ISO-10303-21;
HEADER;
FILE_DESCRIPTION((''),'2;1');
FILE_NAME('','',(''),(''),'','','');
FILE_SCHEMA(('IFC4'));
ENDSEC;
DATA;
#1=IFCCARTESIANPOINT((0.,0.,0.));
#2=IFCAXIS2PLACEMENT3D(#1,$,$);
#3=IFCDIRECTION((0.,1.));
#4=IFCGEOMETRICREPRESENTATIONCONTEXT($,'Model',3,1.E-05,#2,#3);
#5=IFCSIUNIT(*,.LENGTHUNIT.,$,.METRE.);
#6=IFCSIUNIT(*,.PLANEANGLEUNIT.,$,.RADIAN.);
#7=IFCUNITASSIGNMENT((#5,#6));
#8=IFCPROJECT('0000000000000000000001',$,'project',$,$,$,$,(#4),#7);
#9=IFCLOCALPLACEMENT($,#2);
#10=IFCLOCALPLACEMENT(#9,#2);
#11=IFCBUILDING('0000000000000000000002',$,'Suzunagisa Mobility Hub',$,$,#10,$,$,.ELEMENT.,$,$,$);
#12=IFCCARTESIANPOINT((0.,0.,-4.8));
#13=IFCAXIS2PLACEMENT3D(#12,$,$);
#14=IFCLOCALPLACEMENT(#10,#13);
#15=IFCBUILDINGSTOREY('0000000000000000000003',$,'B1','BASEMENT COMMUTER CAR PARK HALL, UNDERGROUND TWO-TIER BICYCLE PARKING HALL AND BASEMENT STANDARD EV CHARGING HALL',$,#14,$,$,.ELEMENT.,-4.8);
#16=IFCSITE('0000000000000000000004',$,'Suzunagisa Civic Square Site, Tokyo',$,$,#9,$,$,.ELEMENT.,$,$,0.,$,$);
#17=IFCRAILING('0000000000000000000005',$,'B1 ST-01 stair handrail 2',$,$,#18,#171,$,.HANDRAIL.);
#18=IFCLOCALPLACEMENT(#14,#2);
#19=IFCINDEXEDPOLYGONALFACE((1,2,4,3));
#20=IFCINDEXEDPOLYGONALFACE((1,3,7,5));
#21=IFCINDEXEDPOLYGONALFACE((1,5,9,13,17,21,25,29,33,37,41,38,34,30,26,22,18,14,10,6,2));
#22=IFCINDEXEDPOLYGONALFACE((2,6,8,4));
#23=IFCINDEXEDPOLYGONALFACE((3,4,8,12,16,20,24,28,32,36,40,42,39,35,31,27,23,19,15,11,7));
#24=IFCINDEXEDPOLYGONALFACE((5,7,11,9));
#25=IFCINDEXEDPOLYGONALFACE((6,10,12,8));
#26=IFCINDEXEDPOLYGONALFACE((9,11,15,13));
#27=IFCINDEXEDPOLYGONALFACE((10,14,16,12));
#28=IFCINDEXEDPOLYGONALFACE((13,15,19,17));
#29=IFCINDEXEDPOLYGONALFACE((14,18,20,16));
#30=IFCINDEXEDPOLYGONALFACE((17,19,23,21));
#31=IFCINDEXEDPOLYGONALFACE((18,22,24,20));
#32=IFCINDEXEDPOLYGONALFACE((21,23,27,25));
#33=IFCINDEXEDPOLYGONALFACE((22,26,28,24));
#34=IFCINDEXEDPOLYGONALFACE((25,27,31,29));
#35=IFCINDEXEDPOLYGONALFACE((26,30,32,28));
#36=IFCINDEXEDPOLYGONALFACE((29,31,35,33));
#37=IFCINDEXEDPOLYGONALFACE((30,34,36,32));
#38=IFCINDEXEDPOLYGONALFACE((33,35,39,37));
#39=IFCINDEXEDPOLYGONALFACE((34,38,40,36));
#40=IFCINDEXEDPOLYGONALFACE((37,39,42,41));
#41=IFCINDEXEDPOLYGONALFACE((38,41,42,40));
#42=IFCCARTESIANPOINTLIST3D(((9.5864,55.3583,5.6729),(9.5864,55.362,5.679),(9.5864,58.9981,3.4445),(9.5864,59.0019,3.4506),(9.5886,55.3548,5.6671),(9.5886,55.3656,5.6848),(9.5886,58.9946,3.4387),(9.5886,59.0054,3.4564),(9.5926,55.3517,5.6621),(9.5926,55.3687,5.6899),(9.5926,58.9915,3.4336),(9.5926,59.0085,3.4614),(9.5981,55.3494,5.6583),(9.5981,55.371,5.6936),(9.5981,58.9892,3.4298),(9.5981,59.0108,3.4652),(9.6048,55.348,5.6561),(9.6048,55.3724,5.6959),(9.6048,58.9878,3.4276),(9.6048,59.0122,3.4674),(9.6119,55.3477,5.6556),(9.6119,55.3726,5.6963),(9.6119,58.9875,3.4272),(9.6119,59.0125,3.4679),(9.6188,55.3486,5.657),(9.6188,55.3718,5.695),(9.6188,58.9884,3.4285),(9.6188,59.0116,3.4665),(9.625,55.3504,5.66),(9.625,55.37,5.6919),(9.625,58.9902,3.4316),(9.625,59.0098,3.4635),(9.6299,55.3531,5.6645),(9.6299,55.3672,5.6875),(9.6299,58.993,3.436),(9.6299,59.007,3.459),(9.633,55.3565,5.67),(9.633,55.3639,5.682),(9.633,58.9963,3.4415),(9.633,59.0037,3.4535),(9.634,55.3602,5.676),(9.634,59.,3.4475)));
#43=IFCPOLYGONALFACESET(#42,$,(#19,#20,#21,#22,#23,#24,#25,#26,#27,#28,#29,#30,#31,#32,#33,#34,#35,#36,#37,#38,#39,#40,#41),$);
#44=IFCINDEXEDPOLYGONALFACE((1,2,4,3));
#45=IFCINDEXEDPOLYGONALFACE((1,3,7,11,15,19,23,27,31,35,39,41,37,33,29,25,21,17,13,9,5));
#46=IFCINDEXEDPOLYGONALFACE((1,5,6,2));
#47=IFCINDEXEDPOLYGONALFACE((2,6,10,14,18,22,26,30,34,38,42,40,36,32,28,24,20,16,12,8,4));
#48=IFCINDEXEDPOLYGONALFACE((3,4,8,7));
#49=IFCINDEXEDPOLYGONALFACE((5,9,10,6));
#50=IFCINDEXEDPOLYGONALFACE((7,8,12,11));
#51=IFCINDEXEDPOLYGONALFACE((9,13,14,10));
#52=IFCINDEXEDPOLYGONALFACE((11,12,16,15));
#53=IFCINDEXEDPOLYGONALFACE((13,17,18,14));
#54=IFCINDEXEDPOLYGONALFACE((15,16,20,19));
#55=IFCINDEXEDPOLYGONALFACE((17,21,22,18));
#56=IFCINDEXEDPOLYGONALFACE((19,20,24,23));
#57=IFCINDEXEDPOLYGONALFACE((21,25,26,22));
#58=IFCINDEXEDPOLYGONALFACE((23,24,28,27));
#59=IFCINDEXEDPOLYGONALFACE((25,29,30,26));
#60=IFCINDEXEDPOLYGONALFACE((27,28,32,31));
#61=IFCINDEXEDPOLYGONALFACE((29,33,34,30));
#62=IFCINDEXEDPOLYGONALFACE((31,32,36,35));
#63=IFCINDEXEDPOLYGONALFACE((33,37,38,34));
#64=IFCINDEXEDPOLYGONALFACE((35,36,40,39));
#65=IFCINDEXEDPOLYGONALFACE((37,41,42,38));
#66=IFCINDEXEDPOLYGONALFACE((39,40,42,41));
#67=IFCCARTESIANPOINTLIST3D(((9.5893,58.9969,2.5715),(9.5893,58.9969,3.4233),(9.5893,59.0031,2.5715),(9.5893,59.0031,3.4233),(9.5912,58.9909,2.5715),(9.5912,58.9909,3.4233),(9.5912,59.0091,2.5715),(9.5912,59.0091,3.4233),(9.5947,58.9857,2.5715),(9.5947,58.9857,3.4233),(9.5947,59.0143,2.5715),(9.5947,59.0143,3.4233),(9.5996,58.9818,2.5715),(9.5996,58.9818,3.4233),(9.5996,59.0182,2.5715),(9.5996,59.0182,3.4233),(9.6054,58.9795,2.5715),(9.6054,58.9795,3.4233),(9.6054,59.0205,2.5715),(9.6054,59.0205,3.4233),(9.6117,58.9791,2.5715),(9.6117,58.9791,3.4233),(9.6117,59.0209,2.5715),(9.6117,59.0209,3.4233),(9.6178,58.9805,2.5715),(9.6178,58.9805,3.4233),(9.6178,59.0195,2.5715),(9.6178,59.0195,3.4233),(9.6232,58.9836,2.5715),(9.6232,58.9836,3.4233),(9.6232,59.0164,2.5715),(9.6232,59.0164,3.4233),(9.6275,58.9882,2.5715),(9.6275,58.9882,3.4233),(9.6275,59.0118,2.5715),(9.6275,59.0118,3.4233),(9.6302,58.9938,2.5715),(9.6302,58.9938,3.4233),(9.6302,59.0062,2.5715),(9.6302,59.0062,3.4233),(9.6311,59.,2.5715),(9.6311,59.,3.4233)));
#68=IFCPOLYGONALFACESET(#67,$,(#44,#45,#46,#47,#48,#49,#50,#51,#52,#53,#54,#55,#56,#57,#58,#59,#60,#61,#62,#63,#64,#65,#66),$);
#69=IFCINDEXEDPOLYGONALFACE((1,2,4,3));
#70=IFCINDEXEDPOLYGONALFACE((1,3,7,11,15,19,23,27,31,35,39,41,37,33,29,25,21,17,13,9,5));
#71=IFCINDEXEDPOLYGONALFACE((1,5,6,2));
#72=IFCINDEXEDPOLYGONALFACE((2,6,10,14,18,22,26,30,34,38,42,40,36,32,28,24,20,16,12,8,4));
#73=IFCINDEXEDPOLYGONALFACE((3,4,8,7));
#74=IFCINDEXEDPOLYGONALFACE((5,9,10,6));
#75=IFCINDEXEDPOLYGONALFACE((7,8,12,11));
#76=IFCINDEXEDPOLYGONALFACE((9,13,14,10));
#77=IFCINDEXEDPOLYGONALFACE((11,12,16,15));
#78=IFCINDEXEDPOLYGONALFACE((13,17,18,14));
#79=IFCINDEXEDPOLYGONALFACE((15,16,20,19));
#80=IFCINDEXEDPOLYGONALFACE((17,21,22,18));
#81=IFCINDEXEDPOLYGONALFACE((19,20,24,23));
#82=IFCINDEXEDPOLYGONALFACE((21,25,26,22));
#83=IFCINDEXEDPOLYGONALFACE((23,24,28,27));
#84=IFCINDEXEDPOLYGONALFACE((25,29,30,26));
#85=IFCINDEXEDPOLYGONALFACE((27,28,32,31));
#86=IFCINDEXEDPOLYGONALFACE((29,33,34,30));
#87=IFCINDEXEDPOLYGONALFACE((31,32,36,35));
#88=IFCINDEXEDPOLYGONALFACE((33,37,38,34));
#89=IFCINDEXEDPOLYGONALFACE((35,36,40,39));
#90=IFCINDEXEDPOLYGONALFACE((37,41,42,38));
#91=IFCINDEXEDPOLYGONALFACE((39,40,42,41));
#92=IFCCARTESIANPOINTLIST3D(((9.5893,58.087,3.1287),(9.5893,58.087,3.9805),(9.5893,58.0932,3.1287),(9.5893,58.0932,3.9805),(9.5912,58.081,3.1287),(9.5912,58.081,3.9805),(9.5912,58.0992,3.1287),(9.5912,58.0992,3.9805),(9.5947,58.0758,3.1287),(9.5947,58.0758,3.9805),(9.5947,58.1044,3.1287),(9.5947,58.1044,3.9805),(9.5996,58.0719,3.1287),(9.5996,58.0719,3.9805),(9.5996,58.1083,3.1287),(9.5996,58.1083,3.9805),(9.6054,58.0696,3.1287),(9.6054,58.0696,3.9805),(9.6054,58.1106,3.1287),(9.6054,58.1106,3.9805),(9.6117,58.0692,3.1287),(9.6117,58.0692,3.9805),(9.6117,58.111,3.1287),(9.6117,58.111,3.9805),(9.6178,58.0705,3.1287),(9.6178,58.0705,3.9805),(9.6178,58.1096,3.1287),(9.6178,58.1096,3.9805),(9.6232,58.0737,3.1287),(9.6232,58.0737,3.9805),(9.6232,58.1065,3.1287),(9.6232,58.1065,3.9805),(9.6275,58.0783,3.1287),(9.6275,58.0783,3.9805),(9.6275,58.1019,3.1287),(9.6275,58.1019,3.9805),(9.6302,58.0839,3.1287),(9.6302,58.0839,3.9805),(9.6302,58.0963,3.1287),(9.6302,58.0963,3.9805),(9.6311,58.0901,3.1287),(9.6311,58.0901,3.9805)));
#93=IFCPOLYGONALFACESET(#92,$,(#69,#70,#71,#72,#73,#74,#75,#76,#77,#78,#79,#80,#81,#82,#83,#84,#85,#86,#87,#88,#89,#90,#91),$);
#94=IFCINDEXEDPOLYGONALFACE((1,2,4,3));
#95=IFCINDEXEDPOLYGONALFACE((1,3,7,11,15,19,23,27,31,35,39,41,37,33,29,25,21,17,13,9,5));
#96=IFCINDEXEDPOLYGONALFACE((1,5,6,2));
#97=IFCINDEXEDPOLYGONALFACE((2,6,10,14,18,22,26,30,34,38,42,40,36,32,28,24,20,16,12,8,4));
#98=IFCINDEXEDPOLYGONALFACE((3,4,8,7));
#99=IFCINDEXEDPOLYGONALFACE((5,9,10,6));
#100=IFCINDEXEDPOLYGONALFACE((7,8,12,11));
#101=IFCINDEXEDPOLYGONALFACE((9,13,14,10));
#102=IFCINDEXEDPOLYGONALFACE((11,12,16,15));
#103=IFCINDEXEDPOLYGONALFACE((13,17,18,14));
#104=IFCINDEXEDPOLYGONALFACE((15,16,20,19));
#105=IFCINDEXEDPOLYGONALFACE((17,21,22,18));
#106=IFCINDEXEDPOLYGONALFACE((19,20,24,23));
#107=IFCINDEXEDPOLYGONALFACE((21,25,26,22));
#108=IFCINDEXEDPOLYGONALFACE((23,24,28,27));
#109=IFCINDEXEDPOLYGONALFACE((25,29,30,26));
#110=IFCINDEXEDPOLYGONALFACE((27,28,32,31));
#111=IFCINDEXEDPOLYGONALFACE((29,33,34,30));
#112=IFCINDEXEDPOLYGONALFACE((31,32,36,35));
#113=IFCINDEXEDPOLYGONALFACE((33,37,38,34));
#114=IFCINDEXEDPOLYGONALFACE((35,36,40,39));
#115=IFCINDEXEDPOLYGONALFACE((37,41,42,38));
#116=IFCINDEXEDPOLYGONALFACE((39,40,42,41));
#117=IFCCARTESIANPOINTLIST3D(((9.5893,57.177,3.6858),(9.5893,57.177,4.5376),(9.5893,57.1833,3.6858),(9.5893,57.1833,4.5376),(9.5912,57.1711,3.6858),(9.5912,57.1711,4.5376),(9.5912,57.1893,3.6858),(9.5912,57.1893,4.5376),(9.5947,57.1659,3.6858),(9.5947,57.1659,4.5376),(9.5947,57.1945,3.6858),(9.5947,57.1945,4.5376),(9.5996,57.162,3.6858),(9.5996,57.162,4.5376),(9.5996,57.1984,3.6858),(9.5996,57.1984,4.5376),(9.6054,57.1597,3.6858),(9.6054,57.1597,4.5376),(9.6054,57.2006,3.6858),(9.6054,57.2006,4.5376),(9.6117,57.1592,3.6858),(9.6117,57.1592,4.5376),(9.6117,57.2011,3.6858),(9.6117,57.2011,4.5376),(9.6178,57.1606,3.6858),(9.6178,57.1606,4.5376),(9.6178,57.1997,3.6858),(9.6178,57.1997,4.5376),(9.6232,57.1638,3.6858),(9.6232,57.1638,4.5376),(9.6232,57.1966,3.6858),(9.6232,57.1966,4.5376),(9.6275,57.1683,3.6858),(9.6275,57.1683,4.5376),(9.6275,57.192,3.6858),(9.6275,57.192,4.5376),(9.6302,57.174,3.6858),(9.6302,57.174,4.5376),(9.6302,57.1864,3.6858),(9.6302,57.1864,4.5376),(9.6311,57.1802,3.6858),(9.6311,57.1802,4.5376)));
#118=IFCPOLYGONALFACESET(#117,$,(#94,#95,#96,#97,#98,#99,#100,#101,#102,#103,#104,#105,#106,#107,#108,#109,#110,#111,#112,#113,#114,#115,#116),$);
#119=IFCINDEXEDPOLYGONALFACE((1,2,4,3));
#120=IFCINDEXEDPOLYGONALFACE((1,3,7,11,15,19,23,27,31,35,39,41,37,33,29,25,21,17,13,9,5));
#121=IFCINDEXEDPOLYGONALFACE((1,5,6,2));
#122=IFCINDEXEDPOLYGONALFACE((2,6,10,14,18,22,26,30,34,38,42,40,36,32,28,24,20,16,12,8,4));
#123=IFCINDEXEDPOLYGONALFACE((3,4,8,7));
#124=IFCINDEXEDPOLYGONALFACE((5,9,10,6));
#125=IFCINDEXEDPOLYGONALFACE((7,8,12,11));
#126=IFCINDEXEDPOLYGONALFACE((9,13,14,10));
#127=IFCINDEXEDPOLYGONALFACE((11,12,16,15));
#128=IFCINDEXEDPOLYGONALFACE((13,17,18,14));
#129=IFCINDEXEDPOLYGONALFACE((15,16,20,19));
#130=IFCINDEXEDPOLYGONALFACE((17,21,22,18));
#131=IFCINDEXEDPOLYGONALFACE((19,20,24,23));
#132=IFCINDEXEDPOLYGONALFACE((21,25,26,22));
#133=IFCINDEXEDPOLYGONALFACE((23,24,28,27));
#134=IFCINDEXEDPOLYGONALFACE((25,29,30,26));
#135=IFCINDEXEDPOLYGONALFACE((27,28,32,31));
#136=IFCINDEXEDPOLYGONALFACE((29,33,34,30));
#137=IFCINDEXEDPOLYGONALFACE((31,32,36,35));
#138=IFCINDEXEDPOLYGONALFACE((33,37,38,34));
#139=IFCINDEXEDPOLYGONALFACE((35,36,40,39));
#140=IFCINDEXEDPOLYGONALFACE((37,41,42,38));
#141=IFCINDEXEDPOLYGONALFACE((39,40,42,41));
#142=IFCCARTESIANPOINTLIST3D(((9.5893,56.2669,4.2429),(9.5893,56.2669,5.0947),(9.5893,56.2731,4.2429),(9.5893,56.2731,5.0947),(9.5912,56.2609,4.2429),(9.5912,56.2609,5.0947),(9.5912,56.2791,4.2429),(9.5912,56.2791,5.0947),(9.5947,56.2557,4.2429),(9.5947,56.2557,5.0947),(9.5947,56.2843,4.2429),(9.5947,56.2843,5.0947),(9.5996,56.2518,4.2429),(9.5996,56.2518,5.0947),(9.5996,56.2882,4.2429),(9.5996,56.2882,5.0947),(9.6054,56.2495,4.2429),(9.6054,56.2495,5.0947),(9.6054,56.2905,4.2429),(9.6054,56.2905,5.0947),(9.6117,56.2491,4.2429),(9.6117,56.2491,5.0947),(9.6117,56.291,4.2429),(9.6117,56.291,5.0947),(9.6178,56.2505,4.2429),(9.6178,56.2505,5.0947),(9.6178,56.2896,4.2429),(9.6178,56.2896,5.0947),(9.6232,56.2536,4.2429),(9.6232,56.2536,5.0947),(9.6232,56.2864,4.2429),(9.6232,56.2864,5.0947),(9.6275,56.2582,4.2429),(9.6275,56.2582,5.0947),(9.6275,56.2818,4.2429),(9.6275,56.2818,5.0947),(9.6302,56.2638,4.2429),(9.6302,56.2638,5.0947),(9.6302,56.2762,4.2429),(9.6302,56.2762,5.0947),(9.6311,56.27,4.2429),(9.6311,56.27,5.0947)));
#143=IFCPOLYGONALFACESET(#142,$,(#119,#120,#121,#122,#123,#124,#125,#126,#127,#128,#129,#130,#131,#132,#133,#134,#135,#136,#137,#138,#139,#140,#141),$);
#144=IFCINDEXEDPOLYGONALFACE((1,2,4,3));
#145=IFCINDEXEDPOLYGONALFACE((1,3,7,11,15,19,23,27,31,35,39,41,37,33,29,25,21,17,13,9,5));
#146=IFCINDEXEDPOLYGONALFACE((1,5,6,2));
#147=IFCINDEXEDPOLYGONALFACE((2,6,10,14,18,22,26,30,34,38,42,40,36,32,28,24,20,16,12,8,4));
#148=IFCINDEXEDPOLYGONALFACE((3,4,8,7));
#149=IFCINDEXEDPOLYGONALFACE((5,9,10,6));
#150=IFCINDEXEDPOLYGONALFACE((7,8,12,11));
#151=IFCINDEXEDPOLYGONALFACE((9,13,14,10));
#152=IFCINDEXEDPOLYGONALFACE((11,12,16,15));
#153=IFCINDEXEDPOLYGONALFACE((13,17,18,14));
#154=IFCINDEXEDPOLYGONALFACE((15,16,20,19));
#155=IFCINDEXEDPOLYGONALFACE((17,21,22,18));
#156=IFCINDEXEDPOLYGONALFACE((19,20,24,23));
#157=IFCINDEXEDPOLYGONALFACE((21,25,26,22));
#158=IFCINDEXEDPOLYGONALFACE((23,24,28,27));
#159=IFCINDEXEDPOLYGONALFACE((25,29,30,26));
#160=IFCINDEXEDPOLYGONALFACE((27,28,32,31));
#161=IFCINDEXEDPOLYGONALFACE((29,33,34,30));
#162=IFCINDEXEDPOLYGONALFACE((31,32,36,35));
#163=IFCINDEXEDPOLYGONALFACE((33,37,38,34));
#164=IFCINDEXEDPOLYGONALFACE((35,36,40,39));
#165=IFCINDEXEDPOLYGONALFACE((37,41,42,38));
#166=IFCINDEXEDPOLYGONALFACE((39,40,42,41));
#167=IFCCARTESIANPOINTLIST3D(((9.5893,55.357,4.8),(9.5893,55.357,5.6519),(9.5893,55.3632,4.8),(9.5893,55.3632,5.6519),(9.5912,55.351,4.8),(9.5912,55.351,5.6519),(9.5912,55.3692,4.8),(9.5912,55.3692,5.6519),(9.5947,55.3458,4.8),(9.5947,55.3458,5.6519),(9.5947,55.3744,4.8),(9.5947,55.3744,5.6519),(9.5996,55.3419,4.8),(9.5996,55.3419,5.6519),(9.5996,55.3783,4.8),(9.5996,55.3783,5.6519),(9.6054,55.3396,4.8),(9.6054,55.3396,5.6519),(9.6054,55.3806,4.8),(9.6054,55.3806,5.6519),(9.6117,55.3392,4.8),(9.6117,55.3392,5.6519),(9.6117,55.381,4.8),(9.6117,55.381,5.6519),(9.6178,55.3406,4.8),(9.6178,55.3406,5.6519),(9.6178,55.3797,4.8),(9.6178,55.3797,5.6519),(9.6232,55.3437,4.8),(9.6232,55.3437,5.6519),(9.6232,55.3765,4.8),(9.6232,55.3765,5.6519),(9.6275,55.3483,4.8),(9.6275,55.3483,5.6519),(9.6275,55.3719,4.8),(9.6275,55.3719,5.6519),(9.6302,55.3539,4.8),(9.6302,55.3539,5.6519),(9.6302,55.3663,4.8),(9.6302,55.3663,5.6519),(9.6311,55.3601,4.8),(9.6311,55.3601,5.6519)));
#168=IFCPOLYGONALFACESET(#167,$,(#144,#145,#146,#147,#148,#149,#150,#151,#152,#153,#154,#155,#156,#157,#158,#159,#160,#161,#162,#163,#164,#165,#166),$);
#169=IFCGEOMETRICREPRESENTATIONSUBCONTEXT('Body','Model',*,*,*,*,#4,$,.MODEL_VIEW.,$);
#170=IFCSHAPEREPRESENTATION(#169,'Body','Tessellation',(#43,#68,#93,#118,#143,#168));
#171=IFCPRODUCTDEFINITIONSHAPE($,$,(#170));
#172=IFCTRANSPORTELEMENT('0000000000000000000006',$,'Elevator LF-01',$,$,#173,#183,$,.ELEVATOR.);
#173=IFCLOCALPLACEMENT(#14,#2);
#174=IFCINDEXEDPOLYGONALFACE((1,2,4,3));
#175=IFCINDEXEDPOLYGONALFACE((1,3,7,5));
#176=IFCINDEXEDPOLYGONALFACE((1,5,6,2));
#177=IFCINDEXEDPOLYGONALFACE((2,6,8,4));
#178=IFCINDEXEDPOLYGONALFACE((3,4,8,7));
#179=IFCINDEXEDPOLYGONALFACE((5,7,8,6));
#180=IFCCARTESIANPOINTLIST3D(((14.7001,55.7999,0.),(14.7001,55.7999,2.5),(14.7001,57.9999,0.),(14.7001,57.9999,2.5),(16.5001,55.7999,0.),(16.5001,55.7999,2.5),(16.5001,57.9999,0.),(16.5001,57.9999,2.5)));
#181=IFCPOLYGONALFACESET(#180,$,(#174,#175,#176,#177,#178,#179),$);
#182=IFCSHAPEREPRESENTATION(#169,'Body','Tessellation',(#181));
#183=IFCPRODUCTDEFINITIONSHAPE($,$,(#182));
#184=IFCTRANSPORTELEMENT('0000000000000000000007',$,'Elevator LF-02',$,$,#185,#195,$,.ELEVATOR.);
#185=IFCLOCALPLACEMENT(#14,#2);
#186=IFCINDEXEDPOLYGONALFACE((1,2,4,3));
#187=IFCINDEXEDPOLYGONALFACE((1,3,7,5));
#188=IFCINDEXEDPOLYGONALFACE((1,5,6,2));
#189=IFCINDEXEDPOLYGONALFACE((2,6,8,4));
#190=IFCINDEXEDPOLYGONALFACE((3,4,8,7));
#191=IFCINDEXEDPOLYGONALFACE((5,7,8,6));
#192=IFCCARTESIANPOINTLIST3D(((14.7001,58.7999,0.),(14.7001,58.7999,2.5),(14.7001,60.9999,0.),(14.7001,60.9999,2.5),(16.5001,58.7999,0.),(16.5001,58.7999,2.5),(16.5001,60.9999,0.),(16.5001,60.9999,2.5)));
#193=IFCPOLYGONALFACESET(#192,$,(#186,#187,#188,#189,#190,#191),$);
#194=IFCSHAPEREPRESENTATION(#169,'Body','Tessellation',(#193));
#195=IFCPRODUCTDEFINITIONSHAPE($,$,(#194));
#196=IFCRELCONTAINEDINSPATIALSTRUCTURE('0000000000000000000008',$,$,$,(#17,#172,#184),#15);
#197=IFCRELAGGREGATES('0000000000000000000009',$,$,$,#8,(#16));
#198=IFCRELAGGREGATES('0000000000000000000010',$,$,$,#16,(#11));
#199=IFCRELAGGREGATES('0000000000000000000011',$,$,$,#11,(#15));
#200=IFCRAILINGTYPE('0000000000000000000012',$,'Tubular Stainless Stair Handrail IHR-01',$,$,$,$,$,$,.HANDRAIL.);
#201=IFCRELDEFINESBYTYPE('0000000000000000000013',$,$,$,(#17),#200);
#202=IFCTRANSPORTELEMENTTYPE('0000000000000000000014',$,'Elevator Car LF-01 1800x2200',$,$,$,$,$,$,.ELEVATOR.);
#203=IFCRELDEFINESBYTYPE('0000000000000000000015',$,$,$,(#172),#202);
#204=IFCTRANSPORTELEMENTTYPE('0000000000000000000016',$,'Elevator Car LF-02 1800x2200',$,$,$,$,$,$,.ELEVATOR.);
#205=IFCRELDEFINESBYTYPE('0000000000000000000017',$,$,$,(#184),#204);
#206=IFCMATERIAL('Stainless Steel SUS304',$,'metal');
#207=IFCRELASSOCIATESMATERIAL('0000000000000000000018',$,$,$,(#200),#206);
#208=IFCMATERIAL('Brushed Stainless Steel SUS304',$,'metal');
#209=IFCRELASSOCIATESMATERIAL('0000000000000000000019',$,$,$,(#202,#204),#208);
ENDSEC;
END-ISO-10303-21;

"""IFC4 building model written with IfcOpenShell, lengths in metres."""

from ifc_helpers import new_model, si_unit, direction, frame, origin, origin_2d, place, context, subcontext, project, spatial, rectangle, circle, extrude, material, type_object, element, save


model = new_model("IFC4")

# Units and contexts
model_context = context("Model", 3, precision=1e-05, world=origin(), true_north=direction((0.0, 1.0)))
body_context = subcontext(model_context, "Body", "Model", "MODEL_VIEW")
ifc_project = project(units=[si_unit("LENGTHUNIT", "METRE"), si_unit("PLANEANGLEUNIT", "RADIAN")], contexts=[model_context])

# Site, building, storey
site_placement = place(None, origin())
site = spatial("IfcSite", under=ifc_project, at=site_placement, Name="Suzunagisa Civic Square Site, Tokyo", CompositionType="ELEMENT", RefElevation=0.0)
building_placement = place(site_placement, origin())
building = spatial("IfcBuilding", under=site, at=building_placement, Name="Suzunagisa Mobility Hub", CompositionType="ELEMENT")
storey_placement = place(building_placement, frame((0.0, 0.0, -4.8)))
storey = spatial("IfcBuildingStorey", under=building, at=storey_placement, Name="B1", Description="BASEMENT COMMUTER CAR PARK HALL, UNDERGROUND TWO-TIER BICYCLE PARKING HALL AND BASEMENT STANDARD EV CHARGING HALL", CompositionType="ELEMENT", Elevation=-4.8)

# Shared definitions
ifc_material_1 = material(Name="Brushed Stainless Steel SUS304", Category="metal")

# Railing
ifc_material_2 = material(Name="Stainless Steel SUS304", Category="metal")
railing_type_1 = type_object("IfcRailingType", Name="Tubular Stainless Stair Handrail IHR-01", PredefinedType="HANDRAIL", material=ifc_material_2)
railing_1_placement = place(storey_placement, frame((9.6101, 59.0, 2.5715)))
element("IfcRailing", 1, at=railing_1_placement, inside=storey, type_object=railing_type_1, Name="B1 ST-01 stair handrail 2", PredefinedType="HANDRAIL", context=body_context, shape_type="SweptSolid", body=[
    extrude(circle(Radius=0.0239, at=origin_2d()), frame((0.0, 0.0, 0.876), z_axis=(0.0, -0.85285, 0.522156), x_axis=(1.0, 0.0, 0.0)), (0.0, 0.0, 1.0), 4.2678),
    extrude(circle(Radius=0.021, at=origin_2d()), origin(), (0.0, 0.0, 1.0), 0.8518),
    extrude(circle(Radius=0.021, at=origin_2d()), frame((0.0, -0.9099, 0.5571)), (0.0, 0.0, 1.0), 0.8518),
    extrude(circle(Radius=0.021, at=origin_2d()), frame((0.0, -1.8198, 1.1143)), (0.0, 0.0, 1.0), 0.8518),
    extrude(circle(Radius=0.021, at=origin_2d()), frame((0.0, -2.73, 1.6714)), (0.0, 0.0, 1.0), 0.8518),
    extrude(circle(Radius=0.021, at=origin_2d()), frame((0.0, -3.6399, 2.2285)), (0.0, 0.0, 1.0), 0.8518),
])

# Transport elements
transport_element_type_1 = type_object("IfcTransportElementType", Name="Elevator Car LF-01 1800x2200", PredefinedType="ELEVATOR", material=ifc_material_1)
transport_element_1_placement = place(storey_placement, frame((15.6001, 56.8999, 0.0), z_axis=(0.0, 0.0, 1.0), x_axis=(1.0, 0.0, 0.0)))
element("IfcTransportElement", 2, at=transport_element_1_placement, inside=storey, type_object=transport_element_type_1, Name="Elevator LF-01", PredefinedType="ELEVATOR", context=body_context, shape_type="SweptSolid", body=[
    extrude(rectangle(XDim=1.8, YDim=2.2, at=origin_2d()), origin(), (0.0, 0.0, 1.0), 2.5),
])
transport_element_type_2 = type_object("IfcTransportElementType", Name="Elevator Car LF-02 1800x2200", PredefinedType="ELEVATOR", material=ifc_material_1)
transport_element_2_placement = place(storey_placement, frame((15.6001, 59.8999, 0.0), z_axis=(0.0, 0.0, 1.0), x_axis=(1.0, 0.0, 0.0)))
element("IfcTransportElement", 3, at=transport_element_2_placement, inside=storey, type_object=transport_element_type_2, Name="Elevator LF-02", PredefinedType="ELEVATOR", context=body_context, shape_type="SweptSolid", body=[
    extrude(rectangle(XDim=1.8, YDim=2.2, at=origin_2d()), origin(), (0.0, 0.0, 1.0), 2.5),
])

save(model, "model.ifc")
